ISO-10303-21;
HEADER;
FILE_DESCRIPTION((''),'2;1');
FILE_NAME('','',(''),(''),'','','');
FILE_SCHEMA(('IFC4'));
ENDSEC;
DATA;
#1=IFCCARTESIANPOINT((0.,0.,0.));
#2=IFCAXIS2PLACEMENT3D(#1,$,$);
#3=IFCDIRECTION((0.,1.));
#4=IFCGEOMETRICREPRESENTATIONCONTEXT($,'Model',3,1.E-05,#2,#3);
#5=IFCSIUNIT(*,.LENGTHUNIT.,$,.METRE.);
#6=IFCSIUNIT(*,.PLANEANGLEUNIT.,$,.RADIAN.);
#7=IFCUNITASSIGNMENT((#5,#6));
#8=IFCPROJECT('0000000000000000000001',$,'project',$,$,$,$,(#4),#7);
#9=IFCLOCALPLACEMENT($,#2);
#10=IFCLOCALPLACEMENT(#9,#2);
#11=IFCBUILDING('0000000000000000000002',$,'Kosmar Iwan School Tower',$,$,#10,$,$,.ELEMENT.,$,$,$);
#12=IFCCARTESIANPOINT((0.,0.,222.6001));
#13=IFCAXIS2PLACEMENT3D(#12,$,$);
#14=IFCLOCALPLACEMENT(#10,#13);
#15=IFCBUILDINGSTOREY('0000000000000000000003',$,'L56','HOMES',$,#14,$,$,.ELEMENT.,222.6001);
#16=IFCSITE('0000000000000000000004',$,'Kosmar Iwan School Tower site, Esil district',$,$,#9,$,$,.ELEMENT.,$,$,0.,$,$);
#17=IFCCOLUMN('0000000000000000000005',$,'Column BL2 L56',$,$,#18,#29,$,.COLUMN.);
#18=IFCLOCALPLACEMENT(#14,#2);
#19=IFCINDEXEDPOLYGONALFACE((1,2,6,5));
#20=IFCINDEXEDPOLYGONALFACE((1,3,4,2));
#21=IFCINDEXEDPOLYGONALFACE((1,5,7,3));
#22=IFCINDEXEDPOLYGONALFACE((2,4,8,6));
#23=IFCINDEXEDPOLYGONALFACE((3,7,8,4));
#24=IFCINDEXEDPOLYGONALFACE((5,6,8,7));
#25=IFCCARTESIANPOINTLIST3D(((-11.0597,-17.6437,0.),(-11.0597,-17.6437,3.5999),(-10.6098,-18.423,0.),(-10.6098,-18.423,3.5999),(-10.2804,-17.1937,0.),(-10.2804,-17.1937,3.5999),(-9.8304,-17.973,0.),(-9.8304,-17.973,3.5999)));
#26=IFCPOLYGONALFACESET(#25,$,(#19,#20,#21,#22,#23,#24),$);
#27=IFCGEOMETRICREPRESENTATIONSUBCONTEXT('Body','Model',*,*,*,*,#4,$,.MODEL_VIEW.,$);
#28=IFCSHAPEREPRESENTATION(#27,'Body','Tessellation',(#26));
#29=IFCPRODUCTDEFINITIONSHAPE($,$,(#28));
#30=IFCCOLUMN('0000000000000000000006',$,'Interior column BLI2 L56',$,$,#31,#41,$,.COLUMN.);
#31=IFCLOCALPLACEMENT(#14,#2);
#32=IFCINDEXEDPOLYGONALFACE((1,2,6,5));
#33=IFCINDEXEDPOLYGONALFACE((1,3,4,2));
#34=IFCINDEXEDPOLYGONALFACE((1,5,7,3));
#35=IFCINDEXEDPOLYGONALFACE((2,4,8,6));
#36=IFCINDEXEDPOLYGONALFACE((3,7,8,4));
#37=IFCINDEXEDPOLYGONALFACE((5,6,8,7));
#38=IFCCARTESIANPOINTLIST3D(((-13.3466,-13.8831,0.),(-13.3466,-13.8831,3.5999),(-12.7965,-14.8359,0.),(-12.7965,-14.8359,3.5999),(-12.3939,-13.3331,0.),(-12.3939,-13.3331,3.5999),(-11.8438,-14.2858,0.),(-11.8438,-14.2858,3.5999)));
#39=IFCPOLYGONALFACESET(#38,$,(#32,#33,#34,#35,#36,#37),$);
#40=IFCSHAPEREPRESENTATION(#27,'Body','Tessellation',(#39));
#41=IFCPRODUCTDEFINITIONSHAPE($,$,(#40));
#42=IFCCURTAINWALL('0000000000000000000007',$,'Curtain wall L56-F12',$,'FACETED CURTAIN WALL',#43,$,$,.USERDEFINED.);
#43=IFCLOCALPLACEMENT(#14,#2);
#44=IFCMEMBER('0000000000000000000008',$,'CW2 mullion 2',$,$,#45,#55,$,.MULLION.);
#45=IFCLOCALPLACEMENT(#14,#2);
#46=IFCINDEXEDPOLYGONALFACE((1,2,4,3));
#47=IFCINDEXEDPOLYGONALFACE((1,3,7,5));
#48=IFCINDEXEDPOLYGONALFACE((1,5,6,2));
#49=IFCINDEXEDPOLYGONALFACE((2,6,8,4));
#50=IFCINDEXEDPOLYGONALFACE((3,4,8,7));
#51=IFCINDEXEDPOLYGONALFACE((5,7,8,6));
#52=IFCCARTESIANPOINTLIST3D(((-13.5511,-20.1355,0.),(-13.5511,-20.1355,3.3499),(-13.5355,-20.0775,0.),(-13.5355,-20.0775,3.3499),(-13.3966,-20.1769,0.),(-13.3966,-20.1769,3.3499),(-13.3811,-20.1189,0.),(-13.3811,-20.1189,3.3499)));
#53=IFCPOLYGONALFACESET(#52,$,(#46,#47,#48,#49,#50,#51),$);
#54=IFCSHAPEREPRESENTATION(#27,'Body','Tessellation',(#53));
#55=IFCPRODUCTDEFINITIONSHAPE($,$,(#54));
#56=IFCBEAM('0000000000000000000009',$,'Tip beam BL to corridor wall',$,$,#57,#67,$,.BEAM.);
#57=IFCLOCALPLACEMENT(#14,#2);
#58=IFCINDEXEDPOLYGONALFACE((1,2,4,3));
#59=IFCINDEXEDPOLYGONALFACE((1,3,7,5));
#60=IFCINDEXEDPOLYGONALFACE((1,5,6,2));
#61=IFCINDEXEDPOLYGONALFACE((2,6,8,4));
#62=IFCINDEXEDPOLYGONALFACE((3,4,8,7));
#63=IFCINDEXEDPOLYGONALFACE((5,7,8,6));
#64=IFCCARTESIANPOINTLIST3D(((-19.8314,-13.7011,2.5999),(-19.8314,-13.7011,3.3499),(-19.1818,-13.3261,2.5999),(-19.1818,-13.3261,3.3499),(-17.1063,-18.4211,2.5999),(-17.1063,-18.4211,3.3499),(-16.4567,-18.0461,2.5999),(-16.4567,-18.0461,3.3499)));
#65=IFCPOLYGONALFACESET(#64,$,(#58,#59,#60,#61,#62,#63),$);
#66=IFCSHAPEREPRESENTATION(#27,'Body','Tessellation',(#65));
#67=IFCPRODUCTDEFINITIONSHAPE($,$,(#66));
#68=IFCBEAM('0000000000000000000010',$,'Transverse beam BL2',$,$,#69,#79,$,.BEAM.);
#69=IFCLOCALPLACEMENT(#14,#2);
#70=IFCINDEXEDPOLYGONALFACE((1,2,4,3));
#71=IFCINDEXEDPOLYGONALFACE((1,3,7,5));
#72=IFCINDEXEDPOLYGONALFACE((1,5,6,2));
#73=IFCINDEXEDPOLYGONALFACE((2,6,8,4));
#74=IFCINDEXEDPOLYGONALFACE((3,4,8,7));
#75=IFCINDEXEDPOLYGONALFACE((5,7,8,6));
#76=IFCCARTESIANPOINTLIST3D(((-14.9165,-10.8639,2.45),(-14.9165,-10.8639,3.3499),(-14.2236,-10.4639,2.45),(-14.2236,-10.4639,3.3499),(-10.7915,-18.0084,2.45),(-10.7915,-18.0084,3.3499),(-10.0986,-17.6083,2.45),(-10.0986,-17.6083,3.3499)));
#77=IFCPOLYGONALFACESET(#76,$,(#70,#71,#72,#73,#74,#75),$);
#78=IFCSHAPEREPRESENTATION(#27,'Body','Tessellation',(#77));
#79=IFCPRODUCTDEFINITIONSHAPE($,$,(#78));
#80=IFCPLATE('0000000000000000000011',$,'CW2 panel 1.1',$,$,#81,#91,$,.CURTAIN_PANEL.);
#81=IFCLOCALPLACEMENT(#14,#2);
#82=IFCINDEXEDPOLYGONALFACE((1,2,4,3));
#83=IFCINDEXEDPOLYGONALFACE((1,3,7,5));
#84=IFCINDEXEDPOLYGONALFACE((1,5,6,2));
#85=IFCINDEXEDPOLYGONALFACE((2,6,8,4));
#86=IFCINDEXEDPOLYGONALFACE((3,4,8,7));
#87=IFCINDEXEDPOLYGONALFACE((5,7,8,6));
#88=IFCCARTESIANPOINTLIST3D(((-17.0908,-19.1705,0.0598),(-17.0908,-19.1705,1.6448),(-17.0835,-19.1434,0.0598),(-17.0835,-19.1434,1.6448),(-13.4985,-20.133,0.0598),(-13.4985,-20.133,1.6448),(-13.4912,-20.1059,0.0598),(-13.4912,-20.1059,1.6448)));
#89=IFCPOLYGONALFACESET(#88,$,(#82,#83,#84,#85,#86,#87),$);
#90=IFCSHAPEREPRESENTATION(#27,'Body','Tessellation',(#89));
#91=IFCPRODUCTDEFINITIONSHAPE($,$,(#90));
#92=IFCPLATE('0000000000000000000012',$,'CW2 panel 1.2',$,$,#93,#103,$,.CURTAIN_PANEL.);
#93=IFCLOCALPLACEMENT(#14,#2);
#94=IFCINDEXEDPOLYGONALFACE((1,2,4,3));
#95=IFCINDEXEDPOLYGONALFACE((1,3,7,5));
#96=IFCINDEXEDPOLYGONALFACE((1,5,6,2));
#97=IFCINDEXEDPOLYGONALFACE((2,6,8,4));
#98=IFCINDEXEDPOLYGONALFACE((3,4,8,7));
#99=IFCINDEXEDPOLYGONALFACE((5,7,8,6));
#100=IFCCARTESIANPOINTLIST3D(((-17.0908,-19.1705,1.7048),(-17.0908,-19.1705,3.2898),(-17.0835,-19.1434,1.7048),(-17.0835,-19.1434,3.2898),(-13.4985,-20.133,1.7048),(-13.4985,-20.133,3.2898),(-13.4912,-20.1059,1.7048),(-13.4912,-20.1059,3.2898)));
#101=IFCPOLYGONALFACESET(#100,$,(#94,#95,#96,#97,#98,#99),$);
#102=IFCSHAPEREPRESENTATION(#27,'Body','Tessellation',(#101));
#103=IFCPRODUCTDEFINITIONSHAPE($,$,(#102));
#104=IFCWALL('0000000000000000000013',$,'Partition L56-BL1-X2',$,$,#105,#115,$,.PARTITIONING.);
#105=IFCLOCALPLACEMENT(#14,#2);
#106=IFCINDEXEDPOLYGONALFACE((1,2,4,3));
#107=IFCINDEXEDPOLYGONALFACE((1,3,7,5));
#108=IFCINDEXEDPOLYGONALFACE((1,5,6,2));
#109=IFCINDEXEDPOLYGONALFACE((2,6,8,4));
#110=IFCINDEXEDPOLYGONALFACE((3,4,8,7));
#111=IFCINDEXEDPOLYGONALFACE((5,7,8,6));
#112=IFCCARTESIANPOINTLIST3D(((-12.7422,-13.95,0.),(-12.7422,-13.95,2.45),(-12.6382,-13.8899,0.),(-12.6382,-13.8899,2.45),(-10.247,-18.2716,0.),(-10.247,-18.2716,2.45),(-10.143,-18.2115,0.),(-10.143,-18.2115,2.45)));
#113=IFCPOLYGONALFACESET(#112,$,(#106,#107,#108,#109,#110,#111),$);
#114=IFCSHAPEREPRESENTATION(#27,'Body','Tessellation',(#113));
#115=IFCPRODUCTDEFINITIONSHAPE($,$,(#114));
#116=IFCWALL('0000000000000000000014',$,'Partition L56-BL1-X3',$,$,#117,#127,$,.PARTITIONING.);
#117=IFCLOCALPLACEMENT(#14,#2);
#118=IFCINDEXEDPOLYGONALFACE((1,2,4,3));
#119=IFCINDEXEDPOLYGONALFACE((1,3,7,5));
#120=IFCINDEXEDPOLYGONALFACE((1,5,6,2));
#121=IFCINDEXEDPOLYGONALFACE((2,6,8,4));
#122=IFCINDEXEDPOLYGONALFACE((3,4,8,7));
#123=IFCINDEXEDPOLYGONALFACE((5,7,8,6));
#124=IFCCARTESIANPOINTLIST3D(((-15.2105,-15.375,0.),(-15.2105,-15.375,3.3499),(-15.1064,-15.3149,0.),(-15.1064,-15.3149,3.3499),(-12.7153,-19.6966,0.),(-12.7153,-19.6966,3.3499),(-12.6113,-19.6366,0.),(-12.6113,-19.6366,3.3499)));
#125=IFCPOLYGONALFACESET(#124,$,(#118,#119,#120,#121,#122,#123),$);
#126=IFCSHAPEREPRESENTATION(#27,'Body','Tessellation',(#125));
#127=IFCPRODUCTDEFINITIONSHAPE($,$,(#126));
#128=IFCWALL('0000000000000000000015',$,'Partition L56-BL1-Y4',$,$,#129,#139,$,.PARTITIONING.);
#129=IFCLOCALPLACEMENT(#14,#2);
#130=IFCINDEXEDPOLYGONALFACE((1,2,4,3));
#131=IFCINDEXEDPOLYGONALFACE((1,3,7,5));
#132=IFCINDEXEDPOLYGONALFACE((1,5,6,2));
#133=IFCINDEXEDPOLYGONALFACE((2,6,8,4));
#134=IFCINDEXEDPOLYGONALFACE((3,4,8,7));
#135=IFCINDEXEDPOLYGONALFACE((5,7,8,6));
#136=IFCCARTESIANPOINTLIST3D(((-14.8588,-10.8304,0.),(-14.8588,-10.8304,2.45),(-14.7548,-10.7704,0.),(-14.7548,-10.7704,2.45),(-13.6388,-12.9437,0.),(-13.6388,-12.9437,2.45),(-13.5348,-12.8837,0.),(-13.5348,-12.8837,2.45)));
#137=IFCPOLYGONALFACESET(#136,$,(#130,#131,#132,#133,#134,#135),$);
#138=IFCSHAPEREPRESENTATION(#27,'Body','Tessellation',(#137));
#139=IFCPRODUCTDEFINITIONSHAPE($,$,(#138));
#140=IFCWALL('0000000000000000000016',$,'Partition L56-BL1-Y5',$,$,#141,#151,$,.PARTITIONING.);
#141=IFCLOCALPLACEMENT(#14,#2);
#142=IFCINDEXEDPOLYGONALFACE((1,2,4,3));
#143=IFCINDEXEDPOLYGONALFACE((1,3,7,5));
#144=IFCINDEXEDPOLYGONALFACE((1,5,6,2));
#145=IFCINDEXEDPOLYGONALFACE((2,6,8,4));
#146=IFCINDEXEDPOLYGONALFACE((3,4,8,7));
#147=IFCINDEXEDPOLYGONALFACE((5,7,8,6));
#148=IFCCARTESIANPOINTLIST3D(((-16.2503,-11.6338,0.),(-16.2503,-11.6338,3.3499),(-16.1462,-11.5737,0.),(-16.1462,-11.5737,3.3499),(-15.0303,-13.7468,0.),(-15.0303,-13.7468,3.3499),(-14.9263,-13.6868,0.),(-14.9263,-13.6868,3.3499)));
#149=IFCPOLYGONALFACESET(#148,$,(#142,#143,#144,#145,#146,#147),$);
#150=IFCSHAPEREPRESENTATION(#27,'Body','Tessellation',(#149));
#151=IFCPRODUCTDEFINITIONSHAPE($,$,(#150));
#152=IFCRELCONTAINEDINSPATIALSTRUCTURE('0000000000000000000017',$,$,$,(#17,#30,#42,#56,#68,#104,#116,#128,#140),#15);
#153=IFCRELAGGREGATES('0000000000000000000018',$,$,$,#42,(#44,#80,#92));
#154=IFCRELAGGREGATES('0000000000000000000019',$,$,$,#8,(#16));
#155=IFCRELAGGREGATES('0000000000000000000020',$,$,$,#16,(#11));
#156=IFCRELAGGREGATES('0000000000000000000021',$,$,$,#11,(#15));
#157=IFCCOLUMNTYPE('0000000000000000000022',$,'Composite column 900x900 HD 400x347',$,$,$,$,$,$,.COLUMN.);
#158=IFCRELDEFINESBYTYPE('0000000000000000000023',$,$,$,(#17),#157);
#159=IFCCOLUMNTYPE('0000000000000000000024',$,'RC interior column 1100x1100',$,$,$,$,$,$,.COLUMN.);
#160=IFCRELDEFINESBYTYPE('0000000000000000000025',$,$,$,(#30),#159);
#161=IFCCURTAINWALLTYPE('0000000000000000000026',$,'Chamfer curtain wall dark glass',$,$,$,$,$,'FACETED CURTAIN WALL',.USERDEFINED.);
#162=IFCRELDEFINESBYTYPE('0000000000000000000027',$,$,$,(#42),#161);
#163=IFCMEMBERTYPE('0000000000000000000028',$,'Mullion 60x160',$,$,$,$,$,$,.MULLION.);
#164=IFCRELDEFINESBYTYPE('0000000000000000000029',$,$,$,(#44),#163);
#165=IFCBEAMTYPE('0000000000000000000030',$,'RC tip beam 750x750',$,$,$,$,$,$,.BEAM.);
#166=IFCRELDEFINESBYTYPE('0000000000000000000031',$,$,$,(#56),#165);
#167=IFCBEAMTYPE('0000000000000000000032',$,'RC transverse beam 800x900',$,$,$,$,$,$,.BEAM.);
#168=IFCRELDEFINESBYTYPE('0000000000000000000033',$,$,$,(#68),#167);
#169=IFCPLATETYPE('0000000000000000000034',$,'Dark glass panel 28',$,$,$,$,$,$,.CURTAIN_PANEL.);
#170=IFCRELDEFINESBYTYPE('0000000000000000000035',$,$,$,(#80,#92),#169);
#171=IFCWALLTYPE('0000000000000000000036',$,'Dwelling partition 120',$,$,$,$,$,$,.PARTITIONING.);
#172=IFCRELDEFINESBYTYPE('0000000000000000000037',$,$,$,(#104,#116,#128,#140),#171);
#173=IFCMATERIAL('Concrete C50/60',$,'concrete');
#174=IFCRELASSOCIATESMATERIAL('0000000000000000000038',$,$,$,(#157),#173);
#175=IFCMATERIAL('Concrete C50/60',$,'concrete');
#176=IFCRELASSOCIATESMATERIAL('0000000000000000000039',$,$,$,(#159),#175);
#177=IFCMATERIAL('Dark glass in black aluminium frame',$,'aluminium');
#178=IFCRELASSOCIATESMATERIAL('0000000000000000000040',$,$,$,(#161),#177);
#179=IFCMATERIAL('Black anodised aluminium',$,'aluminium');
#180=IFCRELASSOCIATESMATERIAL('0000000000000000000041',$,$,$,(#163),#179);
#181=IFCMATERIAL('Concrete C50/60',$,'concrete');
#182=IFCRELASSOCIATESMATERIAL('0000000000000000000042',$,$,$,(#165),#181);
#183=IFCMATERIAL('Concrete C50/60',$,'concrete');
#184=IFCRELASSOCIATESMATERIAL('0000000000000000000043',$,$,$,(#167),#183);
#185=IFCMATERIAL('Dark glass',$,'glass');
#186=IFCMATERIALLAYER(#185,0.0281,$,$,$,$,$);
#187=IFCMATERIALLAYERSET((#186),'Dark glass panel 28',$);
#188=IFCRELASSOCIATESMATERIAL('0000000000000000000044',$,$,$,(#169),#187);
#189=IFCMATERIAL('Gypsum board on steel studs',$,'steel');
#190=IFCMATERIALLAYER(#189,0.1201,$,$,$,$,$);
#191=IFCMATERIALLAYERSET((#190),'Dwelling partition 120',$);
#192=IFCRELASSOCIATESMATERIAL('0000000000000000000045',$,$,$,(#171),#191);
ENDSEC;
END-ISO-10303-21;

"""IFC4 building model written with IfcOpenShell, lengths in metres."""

from ifc_helpers import new_model, si_unit, direction, frame, frame_2d, origin, origin_2d, place, context, subcontext, project, spatial, rectangle, extrude, material, layer, layer_set, material_profile, profile_set, type_object, element, aggregate, save


model = new_model("IFC4")

# Units and contexts
model_context = context("Model", 3, precision=1e-05, world=origin(), true_north=direction((0.0, 1.0)))
body_context = subcontext(model_context, "Body", "Model", "MODEL_VIEW")
ifc_project = project(units=[si_unit("LENGTHUNIT", "METRE"), si_unit("PLANEANGLEUNIT", "RADIAN")], contexts=[model_context])

# Site, building, storey
site_placement = place(None, origin())
site = spatial("IfcSite", under=ifc_project, at=site_placement, Name="Kosmar Iwan School Tower site, Esil district", CompositionType="ELEMENT", RefElevation=0.0)
building_placement = place(site_placement, origin())
building = spatial("IfcBuilding", under=site, at=building_placement, Name="Kosmar Iwan School Tower", CompositionType="ELEMENT")
storey_placement = place(building_placement, frame((0.0, 0.0, 222.6001)))
storey = spatial("IfcBuildingStorey", under=building, at=storey_placement, Name="L56", Description="HOMES", CompositionType="ELEMENT", Elevation=222.6001)

# Columns
ifc_material_1 = material(Name="Concrete C50/60", Category="concrete")
ifc_material_profile_1 = material_profile(ifc_material_1, rectangle(XDim=0.8999, YDim=0.8999, at=origin_2d()), Name="RC 900x900 + HD 400x347")
ifc_profile_set_1 = profile_set([ifc_material_profile_1], Name="Concrete C50/60")
column_type_1 = type_object("IfcColumnType", Name="Composite column 900x900 HD 400x347", PredefinedType="COLUMN", material=ifc_profile_set_1)
column_1_placement = place(storey_placement, frame((-10.4451, -17.8083, 0.0), z_axis=(0.0, 0.0, 1.0), x_axis=(-0.866025, -0.5, 0.0)))
element("IfcColumn", 1, at=column_1_placement, inside=storey, type_object=column_type_1, Name="Column BL2 L56", PredefinedType="COLUMN", context=body_context, shape_type="SweptSolid", body=[
    extrude(rectangle(XDim=0.8999, YDim=0.8999, at=origin_2d()), origin(), (0.0, 0.0, 1.0), 3.5999),
])
ifc_material_2 = material(Name="Concrete C50/60", Category="concrete")
ifc_material_profile_2 = material_profile(ifc_material_2, rectangle(XDim=1.1001, YDim=1.1001, at=origin_2d()), Name="RC 1100x1100")
ifc_profile_set_2 = profile_set([ifc_material_profile_2], Name="Concrete C50/60")
column_type_2 = type_object("IfcColumnType", Name="RC interior column 1100x1100", PredefinedType="COLUMN", material=ifc_profile_set_2)
column_2_placement = place(storey_placement, frame((-12.5952, -14.0845, 0.0), z_axis=(0.0, 0.0, 1.0), x_axis=(-0.866025, -0.5, 0.0)))
element("IfcColumn", 2, at=column_2_placement, inside=storey, type_object=column_type_2, Name="Interior column BLI2 L56", PredefinedType="COLUMN", context=body_context, shape_type="SweptSolid", body=[
    extrude(rectangle(XDim=1.1001, YDim=1.1001, at=origin_2d()), origin(), (0.0, 0.0, 1.0), 3.5999),
])

# Curtain wall, member
ifc_material_3 = material(Name="Dark glass in black aluminium frame", Category="aluminium")
curtain_wall_type = type_object("IfcCurtainWallType", Name="Chamfer curtain wall dark glass", ElementType="FACETED CURTAIN WALL", PredefinedType="USERDEFINED", material=ifc_material_3)
curtain_wall_placement = place(storey_placement, origin())
curtain_wall = element("IfcCurtainWall", 3, at=curtain_wall_placement, inside=storey, type_object=curtain_wall_type, Name="Curtain wall L56-F12", ObjectType="FACETED CURTAIN WALL", PredefinedType="USERDEFINED")
ifc_material_4 = material(Name="Black anodised aluminium", Category="aluminium")
ifc_material_profile_3 = material_profile(ifc_material_4, rectangle(XDim=0.0601, YDim=0.1599, at=origin_2d()), Name="MULLION 60x160")
ifc_profile_set_3 = profile_set([ifc_material_profile_3], Name="Black anodised aluminium")
member_type = type_object("IfcMemberType", Name="Mullion 60x160", PredefinedType="MULLION", material=ifc_profile_set_3)
member_placement = place(storey_placement, frame((-13.4661, -20.1272, 0.0), z_axis=(0.0, 0.0, 1.0), x_axis=(0.258819, 0.965926, 0.0)))
member = element("IfcMember", 4, at=member_placement, type_object=member_type, Name="CW2 mullion 2", PredefinedType="MULLION", context=body_context, shape_type="SweptSolid", body=[
    extrude(rectangle(XDim=0.0601, YDim=0.1599, at=origin_2d()), origin(), (0.0, 0.0, 1.0), 3.3499),
])

# Beams
ifc_material_5 = material(Name="Concrete C50/60", Category="concrete")
ifc_material_profile_4 = material_profile(ifc_material_5, rectangle(XDim=0.75, YDim=0.75, at=origin_2d()), Name="RC 750x750")
ifc_profile_set_4 = profile_set([ifc_material_profile_4], Name="Concrete C50/60")
beam_type_1 = type_object("IfcBeamType", Name="RC tip beam 750x750", PredefinedType="BEAM", material=ifc_profile_set_4)
beam_1_placement = place(storey_placement, frame((-16.7815, -18.2336, 2.9749), z_axis=(-0.500003, 0.866024, 0.0), x_axis=(-0.866024, -0.500003, 0.0)))
element("IfcBeam", 5, at=beam_1_placement, inside=storey, type_object=beam_type_1, Name="Tip beam BL to corridor wall", PredefinedType="BEAM", context=body_context, shape_type="SweptSolid", body=[
    extrude(rectangle(XDim=0.75, YDim=0.75, at=origin_2d()), origin(), (0.0, 0.0, 1.0), 5.4502),
])
ifc_material_6 = material(Name="Concrete C50/60", Category="concrete")
ifc_material_profile_5 = material_profile(ifc_material_6, rectangle(XDim=0.8, YDim=0.8999, at=origin_2d()), Name="RC 800x900")
ifc_profile_set_5 = profile_set([ifc_material_profile_5], Name="Concrete C50/60")
beam_type_2 = type_object("IfcBeamType", Name="RC transverse beam 800x900", PredefinedType="BEAM", material=ifc_profile_set_5)
beam_2_placement = place(storey_placement, frame((-10.4451, -17.8083, 2.8999), z_axis=(-0.500009, 0.86602, 0.0), x_axis=(-0.86602, -0.500009, 0.0)))
element("IfcBeam", 6, at=beam_2_placement, inside=storey, type_object=beam_type_2, Name="Transverse beam BL2", PredefinedType="BEAM", context=body_context, shape_type="SweptSolid", body=[
    extrude(rectangle(XDim=0.8, YDim=0.8999, at=origin_2d()), origin(), (0.0, 0.0, 1.0), 8.2498),
])

# Plates
ifc_material_7 = material(Name="Dark glass", Category="glass")
ifc_layer_1 = layer(ifc_material_7, 0.0281)
ifc_layer_set_1 = layer_set([ifc_layer_1], Name="Dark glass panel 28")
plate_type = type_object("IfcPlateType", Name="Dark glass panel 28", PredefinedType="CURTAIN_PANEL", material=ifc_layer_set_1)
plate_1_placement = place(storey_placement, frame((-15.291, -19.6382, 0.0598), z_axis=(0.0, 0.0, 1.0), x_axis=(0.965926, -0.258819, 0.0)))
plate_1 = element("IfcPlate", 7, at=plate_1_placement, type_object=plate_type, Name="CW2 panel 1.1", PredefinedType="CURTAIN_PANEL", context=body_context, shape_type="SweptSolid", body=[
    extrude(rectangle(XDim=3.719, YDim=0.0281, at=origin_2d()), origin(), (0.0, 0.0, 1.0), 1.585),
])
plate_2_placement = place(storey_placement, frame((-15.291, -19.6382, 1.7048), z_axis=(0.0, 0.0, 1.0), x_axis=(0.965926, -0.258819, 0.0)))
plate_2 = element("IfcPlate", 8, at=plate_2_placement, type_object=plate_type, Name="CW2 panel 1.2", PredefinedType="CURTAIN_PANEL", context=body_context, shape_type="SweptSolid", body=[
    extrude(rectangle(XDim=3.719, YDim=0.0281, at=origin_2d()), origin(), (0.0, 0.0, 1.0), 1.585),
])
aggregate(curtain_wall, [member, plate_1, plate_2])

# Walls
ifc_material_8 = material(Name="Gypsum board on steel studs", Category="steel")
ifc_layer_2 = layer(ifc_material_8, 0.1201)
ifc_layer_set_2 = layer_set([ifc_layer_2], Name="Dwelling partition 120")
wall_type = type_object("IfcWallType", Name="Dwelling partition 120", PredefinedType="PARTITIONING", material=ifc_layer_set_2)
wall_1_placement = place(storey_placement, frame((-12.6902, -13.9199, 0.0), z_axis=(0.0, 0.0, 1.0), x_axis=(0.500012, -0.866019, 0.0)))
element("IfcWall", 9, at=wall_1_placement, inside=storey, type_object=wall_type, Name="Partition L56-BL1-X2", PredefinedType="PARTITIONING", context=body_context, shape_type="SweptSolid", body=[
    extrude(rectangle(XDim=4.9902, YDim=0.1201, at=frame_2d((2.4951, 0.0))), origin(), (0.0, 0.0, 1.0), 2.45),
])
wall_2_placement = place(storey_placement, frame((-15.1584, -15.345, 0.0), z_axis=(0.0, 0.0, 1.0), x_axis=(0.500012, -0.866019, 0.0)))
element("IfcWall", 10, at=wall_2_placement, inside=storey, type_object=wall_type, Name="Partition L56-BL1-X3", PredefinedType="PARTITIONING", context=body_context, shape_type="SweptSolid", body=[
    extrude(rectangle(XDim=4.9902, YDim=0.1201, at=frame_2d((2.4951, 0.0))), origin(), (0.0, 0.0, 1.0), 3.3499),
])
wall_3_placement = place(storey_placement, frame((-14.8069, -10.8003, 0.0), z_axis=(0.0, 0.0, 1.0), x_axis=(0.499959, -0.866049, 0.0)))
element("IfcWall", 11, at=wall_3_placement, inside=storey, type_object=wall_type, Name="Partition L56-BL1-Y4", PredefinedType="PARTITIONING", context=body_context, shape_type="SweptSolid", body=[
    extrude(rectangle(XDim=2.4402, YDim=0.1201, at=frame_2d((1.2202, 0.0))), origin(), (0.0, 0.0, 1.0), 2.45),
])
wall_4_placement = place(storey_placement, frame((-16.1982, -11.6038, 0.0), z_axis=(0.0, 0.0, 1.0), x_axis=(0.500003, -0.866024, 0.0)))
element("IfcWall", 12, at=wall_4_placement, inside=storey, type_object=wall_type, Name="Partition L56-BL1-Y5", PredefinedType="PARTITIONING", context=body_context, shape_type="SweptSolid", body=[
    extrude(rectangle(XDim=2.4399, YDim=0.1201, at=frame_2d((1.22, 0.0))), origin(), (0.0, 0.0, 1.0), 3.3499),
])

save(model, "model.ifc")
